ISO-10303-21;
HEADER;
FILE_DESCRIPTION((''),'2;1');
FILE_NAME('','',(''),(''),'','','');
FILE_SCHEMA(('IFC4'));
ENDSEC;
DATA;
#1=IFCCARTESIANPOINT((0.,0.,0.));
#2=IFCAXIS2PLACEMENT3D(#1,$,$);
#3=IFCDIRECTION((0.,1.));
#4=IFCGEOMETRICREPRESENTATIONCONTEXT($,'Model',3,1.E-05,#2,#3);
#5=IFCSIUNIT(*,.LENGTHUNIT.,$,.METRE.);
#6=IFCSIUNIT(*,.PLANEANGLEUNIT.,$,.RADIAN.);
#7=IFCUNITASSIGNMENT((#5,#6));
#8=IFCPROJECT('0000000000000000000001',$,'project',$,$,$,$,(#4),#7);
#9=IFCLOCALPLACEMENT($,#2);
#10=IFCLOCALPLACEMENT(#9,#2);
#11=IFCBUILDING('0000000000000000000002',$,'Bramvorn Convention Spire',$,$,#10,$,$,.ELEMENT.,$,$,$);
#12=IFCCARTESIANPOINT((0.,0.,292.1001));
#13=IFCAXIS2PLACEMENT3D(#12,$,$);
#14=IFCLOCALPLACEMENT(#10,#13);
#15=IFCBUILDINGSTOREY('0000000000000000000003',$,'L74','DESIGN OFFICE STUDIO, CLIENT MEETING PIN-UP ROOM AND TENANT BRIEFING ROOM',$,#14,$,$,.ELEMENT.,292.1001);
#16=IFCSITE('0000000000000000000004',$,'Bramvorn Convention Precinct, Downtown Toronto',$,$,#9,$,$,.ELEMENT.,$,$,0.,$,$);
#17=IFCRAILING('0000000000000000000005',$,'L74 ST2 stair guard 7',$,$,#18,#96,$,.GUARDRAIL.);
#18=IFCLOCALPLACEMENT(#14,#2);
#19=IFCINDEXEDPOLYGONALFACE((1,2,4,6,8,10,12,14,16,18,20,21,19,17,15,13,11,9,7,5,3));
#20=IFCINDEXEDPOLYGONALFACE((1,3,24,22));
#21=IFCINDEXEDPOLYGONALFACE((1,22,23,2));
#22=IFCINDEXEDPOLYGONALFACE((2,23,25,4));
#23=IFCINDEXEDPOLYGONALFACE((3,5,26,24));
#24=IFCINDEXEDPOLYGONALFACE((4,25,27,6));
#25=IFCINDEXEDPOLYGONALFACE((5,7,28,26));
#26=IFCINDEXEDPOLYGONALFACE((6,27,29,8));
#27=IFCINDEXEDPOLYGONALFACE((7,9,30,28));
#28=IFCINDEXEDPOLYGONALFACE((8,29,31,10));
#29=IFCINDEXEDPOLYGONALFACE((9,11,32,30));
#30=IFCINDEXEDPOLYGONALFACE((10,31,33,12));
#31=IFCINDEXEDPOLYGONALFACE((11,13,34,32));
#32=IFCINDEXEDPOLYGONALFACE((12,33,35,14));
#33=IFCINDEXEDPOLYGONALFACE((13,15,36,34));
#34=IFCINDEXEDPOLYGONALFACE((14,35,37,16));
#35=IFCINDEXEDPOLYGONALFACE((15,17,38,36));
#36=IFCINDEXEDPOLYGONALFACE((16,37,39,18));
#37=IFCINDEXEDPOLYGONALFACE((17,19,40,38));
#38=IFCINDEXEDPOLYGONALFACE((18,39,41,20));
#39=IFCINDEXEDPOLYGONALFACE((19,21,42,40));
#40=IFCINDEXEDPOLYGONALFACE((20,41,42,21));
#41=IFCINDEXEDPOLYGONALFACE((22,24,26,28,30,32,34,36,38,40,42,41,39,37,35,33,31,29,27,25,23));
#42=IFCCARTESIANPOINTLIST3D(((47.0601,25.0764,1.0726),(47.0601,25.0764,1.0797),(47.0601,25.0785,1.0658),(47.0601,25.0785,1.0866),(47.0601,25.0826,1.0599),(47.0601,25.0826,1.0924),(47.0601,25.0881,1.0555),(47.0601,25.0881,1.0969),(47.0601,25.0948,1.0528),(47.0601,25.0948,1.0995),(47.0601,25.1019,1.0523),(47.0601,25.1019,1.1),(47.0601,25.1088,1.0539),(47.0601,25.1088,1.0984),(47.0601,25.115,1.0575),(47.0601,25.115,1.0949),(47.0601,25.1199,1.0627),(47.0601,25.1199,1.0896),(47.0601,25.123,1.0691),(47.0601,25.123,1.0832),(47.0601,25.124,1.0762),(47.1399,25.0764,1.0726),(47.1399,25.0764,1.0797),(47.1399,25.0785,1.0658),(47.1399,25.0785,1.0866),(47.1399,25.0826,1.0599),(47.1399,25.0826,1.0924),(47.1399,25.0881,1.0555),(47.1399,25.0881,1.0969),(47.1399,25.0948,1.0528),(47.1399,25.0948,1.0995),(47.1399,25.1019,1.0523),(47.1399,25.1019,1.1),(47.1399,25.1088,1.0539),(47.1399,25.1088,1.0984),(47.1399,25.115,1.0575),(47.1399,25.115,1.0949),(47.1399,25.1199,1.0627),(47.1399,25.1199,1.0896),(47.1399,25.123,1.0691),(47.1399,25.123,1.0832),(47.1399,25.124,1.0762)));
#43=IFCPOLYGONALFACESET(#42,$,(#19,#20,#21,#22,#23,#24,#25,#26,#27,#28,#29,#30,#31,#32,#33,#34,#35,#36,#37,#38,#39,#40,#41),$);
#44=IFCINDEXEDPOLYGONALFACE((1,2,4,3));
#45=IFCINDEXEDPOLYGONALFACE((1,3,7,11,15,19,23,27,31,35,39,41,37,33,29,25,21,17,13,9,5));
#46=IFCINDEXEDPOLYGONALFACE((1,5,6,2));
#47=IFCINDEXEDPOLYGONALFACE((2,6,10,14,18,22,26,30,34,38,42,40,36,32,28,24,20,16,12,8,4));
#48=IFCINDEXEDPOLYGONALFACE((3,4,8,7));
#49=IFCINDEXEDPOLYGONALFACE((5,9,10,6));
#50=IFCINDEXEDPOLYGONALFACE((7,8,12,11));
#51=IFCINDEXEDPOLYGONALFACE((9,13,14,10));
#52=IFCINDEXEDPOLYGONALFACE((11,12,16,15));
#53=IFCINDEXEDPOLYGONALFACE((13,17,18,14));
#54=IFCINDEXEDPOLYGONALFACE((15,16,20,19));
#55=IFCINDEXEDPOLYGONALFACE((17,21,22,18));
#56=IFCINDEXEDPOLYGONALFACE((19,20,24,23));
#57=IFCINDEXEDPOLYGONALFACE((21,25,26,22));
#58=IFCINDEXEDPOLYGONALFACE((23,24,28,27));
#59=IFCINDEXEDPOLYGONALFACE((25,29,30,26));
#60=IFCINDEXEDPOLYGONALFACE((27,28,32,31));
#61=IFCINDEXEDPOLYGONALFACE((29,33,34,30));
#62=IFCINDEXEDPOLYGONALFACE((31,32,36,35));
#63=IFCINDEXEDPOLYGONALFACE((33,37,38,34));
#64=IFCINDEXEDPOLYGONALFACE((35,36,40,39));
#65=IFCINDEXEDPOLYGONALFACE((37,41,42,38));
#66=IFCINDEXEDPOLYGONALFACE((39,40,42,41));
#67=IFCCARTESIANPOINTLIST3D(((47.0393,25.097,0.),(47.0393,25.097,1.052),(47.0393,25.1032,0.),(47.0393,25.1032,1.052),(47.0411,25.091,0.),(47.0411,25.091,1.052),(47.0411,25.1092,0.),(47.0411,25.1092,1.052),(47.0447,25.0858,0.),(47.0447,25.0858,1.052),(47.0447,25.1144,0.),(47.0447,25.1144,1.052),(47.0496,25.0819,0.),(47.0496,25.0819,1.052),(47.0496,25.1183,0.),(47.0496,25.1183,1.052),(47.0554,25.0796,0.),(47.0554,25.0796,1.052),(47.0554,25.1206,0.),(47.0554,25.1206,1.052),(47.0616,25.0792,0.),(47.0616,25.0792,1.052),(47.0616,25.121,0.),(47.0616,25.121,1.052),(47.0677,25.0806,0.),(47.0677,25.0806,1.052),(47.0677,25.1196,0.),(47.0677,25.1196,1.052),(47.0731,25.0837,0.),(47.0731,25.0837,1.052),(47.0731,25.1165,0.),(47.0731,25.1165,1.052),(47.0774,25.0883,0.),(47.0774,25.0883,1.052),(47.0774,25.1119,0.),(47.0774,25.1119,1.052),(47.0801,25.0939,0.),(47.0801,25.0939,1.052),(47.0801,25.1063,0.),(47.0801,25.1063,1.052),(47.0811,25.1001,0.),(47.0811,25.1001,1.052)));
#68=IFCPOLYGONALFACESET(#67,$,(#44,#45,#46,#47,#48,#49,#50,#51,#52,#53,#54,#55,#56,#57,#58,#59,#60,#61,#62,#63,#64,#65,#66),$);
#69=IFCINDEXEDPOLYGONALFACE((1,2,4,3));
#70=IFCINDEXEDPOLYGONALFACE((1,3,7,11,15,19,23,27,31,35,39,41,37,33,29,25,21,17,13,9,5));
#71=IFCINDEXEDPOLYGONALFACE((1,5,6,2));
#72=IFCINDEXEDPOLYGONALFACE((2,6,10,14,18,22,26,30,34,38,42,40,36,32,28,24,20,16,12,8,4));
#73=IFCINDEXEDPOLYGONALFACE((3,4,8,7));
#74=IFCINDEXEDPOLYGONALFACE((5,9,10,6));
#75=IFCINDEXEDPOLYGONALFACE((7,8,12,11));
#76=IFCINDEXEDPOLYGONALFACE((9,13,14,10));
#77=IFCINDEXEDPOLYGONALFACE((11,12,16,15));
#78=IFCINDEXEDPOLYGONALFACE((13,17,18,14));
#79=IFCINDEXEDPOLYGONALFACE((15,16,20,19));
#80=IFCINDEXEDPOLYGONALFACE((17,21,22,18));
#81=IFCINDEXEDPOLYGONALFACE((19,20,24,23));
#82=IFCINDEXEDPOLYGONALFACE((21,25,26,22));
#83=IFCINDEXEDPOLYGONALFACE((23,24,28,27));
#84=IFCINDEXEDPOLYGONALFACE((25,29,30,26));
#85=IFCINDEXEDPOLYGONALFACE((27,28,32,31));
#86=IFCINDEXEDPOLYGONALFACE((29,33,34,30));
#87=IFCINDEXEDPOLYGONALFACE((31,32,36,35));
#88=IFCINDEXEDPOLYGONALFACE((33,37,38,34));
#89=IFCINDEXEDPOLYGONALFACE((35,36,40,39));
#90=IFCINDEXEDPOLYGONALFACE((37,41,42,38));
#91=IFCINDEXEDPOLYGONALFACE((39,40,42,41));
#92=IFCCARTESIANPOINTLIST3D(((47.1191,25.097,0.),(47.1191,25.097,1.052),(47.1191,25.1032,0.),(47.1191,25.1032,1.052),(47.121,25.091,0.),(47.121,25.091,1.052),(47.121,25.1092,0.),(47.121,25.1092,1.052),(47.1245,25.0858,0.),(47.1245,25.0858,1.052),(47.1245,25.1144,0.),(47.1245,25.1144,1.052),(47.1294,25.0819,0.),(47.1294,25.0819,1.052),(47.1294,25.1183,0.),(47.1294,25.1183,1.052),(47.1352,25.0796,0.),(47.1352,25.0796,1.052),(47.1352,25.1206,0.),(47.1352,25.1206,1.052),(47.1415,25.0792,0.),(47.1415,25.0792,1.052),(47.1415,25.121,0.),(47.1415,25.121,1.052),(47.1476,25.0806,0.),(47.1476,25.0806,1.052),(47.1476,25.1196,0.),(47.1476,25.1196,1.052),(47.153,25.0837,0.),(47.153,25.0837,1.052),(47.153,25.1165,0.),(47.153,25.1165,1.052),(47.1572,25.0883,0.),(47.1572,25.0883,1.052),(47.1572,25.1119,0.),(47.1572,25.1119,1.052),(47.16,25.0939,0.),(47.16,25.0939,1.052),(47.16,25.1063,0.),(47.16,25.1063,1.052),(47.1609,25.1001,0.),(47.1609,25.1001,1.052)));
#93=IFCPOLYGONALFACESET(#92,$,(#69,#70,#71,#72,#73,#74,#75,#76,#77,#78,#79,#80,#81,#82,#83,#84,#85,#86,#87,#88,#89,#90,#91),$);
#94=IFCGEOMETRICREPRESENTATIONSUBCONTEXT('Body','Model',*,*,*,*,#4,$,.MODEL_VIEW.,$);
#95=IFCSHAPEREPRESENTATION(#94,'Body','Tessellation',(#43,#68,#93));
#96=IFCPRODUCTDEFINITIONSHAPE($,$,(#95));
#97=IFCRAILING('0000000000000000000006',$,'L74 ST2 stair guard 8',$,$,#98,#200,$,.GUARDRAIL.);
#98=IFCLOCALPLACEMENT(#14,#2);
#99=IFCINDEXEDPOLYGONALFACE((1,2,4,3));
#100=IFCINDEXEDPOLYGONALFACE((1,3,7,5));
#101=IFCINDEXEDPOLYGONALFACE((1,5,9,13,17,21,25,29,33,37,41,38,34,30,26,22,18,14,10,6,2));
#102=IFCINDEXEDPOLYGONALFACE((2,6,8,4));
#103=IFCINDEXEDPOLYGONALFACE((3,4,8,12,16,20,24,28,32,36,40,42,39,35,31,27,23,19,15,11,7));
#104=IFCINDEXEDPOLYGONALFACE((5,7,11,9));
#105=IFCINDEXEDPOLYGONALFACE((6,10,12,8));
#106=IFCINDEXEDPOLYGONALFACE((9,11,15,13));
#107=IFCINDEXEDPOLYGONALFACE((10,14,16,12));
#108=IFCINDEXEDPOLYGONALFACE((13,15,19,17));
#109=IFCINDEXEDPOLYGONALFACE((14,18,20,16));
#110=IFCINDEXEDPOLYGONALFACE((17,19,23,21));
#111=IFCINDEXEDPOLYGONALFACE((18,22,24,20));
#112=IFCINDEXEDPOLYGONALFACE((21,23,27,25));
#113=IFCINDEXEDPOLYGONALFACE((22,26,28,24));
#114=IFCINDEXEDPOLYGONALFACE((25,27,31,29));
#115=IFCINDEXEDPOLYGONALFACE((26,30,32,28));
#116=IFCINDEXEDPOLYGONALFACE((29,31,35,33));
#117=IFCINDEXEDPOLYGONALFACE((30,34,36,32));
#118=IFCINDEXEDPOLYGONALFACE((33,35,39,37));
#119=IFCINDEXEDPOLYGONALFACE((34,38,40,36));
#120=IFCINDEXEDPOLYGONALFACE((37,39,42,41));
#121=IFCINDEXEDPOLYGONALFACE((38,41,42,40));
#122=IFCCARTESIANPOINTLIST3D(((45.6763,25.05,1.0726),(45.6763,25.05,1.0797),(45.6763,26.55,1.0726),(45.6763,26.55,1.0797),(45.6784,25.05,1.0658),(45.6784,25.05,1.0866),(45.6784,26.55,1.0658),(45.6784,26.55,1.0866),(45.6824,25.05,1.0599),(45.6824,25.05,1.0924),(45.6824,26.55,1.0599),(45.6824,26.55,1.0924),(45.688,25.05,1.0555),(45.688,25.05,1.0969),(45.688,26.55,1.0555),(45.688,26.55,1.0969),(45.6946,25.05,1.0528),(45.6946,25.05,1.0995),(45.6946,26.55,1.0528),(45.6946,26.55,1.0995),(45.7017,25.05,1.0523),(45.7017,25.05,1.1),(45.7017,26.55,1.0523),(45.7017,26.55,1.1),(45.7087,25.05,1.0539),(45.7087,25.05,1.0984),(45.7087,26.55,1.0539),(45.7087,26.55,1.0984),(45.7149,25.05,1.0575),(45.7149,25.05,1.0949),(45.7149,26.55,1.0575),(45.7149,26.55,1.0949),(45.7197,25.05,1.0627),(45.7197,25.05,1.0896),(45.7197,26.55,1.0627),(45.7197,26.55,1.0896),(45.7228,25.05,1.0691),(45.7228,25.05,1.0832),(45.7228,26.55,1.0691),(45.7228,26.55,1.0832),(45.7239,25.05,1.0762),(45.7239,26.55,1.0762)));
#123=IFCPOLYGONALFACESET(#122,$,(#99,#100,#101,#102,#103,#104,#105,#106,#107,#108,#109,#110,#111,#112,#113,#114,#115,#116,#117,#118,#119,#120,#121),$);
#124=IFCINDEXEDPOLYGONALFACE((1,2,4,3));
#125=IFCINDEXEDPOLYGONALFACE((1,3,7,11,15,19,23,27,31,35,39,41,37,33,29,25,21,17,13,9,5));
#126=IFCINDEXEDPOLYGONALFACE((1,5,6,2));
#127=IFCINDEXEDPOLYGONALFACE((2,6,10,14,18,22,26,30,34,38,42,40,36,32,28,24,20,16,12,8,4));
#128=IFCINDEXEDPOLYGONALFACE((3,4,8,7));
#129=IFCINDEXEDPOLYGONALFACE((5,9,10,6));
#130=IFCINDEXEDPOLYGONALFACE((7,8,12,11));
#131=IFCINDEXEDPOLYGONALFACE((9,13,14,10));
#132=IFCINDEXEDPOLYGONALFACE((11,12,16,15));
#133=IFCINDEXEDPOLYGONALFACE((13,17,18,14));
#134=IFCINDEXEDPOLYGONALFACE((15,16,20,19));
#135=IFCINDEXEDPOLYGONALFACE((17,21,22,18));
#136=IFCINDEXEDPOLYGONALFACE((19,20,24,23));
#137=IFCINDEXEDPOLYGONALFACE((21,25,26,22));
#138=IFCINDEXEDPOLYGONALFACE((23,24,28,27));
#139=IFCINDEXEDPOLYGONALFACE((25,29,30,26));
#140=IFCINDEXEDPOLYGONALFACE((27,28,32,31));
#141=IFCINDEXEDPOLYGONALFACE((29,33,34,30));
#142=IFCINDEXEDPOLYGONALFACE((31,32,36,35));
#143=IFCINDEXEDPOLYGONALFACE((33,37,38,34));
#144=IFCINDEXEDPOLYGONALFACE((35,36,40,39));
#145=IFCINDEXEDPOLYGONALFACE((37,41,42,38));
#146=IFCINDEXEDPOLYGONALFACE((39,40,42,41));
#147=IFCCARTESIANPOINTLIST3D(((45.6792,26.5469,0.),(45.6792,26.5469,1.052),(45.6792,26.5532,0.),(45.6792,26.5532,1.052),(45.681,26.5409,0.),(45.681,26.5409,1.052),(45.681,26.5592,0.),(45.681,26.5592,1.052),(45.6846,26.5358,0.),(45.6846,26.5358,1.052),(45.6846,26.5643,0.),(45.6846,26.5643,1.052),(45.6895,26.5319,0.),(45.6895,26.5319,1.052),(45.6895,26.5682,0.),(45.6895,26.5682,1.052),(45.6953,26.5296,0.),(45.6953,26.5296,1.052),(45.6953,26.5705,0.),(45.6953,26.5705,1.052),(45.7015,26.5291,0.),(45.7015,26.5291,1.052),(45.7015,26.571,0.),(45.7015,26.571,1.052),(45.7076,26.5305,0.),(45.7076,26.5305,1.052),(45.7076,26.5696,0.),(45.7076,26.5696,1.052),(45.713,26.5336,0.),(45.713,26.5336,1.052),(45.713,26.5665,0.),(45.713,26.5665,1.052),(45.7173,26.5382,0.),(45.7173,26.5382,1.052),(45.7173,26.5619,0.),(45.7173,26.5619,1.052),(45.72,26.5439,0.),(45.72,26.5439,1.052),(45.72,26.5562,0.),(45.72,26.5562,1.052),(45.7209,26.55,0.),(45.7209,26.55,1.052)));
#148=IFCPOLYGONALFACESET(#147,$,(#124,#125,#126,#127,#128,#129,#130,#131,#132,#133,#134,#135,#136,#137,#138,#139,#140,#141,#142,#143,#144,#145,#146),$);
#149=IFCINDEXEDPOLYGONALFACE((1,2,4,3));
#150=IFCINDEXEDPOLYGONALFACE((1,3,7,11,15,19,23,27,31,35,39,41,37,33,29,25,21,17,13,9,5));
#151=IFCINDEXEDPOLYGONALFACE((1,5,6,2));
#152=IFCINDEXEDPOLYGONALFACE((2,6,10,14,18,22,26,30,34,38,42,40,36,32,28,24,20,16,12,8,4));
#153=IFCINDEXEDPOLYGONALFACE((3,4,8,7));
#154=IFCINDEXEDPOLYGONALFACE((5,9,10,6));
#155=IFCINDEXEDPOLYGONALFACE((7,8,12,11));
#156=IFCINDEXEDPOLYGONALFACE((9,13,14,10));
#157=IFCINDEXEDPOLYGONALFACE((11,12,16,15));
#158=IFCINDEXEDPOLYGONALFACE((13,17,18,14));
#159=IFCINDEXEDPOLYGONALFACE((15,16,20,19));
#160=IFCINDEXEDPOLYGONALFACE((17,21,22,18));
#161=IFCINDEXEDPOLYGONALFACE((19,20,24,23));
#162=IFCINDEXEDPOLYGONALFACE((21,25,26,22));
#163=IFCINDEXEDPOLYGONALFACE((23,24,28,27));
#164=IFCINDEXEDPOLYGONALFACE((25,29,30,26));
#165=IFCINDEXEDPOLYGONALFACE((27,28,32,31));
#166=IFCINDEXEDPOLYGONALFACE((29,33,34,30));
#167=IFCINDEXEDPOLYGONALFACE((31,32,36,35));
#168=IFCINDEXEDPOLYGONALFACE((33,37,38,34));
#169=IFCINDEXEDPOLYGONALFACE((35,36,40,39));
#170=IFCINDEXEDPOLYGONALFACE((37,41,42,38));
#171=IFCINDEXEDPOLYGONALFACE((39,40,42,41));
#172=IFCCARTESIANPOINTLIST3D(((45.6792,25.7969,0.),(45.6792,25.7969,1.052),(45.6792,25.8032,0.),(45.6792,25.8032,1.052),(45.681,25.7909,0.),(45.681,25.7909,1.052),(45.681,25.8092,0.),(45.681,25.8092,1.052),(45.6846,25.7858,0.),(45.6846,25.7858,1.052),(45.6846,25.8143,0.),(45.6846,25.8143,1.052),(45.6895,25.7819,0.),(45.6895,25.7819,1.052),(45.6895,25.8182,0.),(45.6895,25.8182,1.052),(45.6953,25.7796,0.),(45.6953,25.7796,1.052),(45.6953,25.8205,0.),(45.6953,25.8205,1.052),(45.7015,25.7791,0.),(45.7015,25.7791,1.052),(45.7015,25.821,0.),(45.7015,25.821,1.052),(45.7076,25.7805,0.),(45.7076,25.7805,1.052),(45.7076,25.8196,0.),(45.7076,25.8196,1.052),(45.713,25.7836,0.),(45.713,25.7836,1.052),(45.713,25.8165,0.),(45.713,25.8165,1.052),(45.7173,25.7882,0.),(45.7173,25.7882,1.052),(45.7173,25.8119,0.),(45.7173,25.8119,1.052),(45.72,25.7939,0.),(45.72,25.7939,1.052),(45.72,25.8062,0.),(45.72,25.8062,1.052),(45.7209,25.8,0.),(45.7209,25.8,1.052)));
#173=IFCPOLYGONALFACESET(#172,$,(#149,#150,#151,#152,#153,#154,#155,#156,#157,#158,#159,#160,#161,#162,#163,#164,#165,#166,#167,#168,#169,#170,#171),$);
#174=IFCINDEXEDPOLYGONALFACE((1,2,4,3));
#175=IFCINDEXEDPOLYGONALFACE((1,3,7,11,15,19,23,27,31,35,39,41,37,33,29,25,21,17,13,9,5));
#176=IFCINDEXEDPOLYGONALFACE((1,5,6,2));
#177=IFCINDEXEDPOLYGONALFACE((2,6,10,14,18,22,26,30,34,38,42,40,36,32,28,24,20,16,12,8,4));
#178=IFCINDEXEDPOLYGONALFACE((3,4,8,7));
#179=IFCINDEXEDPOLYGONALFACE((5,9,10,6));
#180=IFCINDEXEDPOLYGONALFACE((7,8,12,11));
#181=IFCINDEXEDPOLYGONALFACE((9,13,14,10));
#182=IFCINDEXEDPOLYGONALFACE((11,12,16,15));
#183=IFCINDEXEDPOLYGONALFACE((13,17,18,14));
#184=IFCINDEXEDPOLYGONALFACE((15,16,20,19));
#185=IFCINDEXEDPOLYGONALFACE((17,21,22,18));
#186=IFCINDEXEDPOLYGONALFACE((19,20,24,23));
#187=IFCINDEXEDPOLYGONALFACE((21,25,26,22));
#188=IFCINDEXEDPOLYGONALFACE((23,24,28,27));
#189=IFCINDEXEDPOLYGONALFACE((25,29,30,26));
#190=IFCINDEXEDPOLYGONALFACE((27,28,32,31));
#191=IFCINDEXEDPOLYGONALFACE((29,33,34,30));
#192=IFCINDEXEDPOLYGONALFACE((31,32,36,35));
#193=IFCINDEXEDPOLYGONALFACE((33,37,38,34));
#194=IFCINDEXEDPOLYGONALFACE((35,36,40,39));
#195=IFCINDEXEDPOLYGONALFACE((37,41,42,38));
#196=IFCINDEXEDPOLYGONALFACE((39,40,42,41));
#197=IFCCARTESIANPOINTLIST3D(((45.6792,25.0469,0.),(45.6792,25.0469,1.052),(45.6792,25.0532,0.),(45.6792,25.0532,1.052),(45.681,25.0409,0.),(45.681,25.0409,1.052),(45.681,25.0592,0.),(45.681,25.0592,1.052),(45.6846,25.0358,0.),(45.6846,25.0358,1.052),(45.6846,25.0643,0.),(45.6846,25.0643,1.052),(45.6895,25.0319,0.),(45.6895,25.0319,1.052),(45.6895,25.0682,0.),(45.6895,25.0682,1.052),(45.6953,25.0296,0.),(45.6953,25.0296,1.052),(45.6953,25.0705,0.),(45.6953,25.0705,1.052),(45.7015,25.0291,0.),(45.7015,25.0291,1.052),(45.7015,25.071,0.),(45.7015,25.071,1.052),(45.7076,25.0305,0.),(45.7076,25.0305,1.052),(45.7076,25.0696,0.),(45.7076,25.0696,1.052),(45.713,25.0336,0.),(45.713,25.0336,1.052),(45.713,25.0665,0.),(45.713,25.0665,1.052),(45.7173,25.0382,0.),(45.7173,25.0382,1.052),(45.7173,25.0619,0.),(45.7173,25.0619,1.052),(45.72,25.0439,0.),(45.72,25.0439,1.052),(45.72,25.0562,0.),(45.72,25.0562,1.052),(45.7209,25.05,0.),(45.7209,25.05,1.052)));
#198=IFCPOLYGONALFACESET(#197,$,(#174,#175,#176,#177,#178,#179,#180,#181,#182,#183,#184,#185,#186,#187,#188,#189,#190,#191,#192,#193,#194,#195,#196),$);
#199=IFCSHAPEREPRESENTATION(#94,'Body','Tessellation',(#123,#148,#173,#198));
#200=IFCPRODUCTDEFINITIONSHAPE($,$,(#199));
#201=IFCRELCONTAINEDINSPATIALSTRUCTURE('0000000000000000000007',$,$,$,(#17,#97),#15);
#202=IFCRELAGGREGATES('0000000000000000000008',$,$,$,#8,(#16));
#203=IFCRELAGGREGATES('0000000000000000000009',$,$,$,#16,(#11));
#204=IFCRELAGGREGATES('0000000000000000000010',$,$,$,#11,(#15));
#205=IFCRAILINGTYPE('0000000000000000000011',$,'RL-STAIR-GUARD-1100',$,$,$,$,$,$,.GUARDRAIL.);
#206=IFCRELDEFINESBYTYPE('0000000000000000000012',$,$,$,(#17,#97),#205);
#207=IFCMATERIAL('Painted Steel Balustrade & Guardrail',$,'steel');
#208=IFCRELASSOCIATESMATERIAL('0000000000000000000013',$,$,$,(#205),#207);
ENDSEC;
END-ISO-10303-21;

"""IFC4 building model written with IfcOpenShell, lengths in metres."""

from ifc_helpers import new_model, si_unit, direction, frame, origin, origin_2d, place, context, subcontext, project, spatial, circle, extrude, material, type_object, element, save


model = new_model("IFC4")

# Units and contexts
model_context = context("Model", 3, precision=1e-05, world=origin(), true_north=direction((0.0, 1.0)))
body_context = subcontext(model_context, "Body", "Model", "MODEL_VIEW")
ifc_project = project(units=[si_unit("LENGTHUNIT", "METRE"), si_unit("PLANEANGLEUNIT", "RADIAN")], contexts=[model_context])

# Site, building, storey
site_placement = place(None, origin())
site = spatial("IfcSite", under=ifc_project, at=site_placement, Name="Bramvorn Convention Precinct, Downtown Toronto", CompositionType="ELEMENT", RefElevation=0.0)
building_placement = place(site_placement, origin())
building = spatial("IfcBuilding", under=site, at=building_placement, Name="Bramvorn Convention Spire", CompositionType="ELEMENT")
storey_placement = place(building_placement, frame((0.0, 0.0, 292.1001)))
storey = spatial("IfcBuildingStorey", under=building, at=storey_placement, Name="L74", Description="DESIGN OFFICE STUDIO, CLIENT MEETING PIN-UP ROOM AND TENANT BRIEFING ROOM", CompositionType="ELEMENT", Elevation=292.1001)

# Railings
ifc_material_1 = material(Name="Painted Steel Balustrade & Guardrail", Category="steel")
railing_type_1 = type_object("IfcRailingType", Name="RL-STAIR-GUARD-1100", PredefinedType="GUARDRAIL", material=ifc_material_1)
railing_1_placement = place(storey_placement, frame((47.0601, 25.1001, 0.0)))
element("IfcRailing", 1, at=railing_1_placement, inside=storey, type_object=railing_type_1, Name="L74 ST2 stair guard 7", PredefinedType="GUARDRAIL", context=body_context, shape_type="SweptSolid", body=[
    extrude(circle(Radius=0.0239, at=origin_2d()), frame((0.0, 0.0, 1.0762), z_axis=(1.0, 0.0, 0.0), x_axis=(0.0, 1.0, 0.0)), (0.0, 0.0, 1.0), 0.0798),
    extrude(circle(Radius=0.021, at=origin_2d()), origin(), (0.0, 0.0, 1.0), 1.052),
    extrude(circle(Radius=0.021, at=origin_2d()), frame((0.0798, 0.0, 0.0)), (0.0, 0.0, 1.0), 1.052),
])
for number, where, name in (
    (2, (45.7, 26.55, 0.0), "L74 ST2 stair guard 8"),
):
    element("IfcRailing", number, at=place(storey_placement, frame(where)), inside=storey, type_object=railing_type_1, Name=name, PredefinedType="GUARDRAIL", context=body_context, shape_type="SweptSolid", body=[
        extrude(circle(Radius=0.0239, at=origin_2d()), frame((0.0, 0.0, 1.0762), z_axis=(0.0, -1.0, 0.0), x_axis=(1.0, 0.0, 0.0)), (0.0, 0.0, 1.0), 1.5),
        extrude(circle(Radius=0.021, at=origin_2d()), origin(), (0.0, 0.0, 1.0), 1.052),
        extrude(circle(Radius=0.021, at=origin_2d()), frame((0.0, -0.75, 0.0)), (0.0, 0.0, 1.0), 1.052),
        extrude(circle(Radius=0.021, at=origin_2d()), frame((0.0, -1.5, 0.0)), (0.0, 0.0, 1.0), 1.052),
    ])

save(model, "model.ifc")
